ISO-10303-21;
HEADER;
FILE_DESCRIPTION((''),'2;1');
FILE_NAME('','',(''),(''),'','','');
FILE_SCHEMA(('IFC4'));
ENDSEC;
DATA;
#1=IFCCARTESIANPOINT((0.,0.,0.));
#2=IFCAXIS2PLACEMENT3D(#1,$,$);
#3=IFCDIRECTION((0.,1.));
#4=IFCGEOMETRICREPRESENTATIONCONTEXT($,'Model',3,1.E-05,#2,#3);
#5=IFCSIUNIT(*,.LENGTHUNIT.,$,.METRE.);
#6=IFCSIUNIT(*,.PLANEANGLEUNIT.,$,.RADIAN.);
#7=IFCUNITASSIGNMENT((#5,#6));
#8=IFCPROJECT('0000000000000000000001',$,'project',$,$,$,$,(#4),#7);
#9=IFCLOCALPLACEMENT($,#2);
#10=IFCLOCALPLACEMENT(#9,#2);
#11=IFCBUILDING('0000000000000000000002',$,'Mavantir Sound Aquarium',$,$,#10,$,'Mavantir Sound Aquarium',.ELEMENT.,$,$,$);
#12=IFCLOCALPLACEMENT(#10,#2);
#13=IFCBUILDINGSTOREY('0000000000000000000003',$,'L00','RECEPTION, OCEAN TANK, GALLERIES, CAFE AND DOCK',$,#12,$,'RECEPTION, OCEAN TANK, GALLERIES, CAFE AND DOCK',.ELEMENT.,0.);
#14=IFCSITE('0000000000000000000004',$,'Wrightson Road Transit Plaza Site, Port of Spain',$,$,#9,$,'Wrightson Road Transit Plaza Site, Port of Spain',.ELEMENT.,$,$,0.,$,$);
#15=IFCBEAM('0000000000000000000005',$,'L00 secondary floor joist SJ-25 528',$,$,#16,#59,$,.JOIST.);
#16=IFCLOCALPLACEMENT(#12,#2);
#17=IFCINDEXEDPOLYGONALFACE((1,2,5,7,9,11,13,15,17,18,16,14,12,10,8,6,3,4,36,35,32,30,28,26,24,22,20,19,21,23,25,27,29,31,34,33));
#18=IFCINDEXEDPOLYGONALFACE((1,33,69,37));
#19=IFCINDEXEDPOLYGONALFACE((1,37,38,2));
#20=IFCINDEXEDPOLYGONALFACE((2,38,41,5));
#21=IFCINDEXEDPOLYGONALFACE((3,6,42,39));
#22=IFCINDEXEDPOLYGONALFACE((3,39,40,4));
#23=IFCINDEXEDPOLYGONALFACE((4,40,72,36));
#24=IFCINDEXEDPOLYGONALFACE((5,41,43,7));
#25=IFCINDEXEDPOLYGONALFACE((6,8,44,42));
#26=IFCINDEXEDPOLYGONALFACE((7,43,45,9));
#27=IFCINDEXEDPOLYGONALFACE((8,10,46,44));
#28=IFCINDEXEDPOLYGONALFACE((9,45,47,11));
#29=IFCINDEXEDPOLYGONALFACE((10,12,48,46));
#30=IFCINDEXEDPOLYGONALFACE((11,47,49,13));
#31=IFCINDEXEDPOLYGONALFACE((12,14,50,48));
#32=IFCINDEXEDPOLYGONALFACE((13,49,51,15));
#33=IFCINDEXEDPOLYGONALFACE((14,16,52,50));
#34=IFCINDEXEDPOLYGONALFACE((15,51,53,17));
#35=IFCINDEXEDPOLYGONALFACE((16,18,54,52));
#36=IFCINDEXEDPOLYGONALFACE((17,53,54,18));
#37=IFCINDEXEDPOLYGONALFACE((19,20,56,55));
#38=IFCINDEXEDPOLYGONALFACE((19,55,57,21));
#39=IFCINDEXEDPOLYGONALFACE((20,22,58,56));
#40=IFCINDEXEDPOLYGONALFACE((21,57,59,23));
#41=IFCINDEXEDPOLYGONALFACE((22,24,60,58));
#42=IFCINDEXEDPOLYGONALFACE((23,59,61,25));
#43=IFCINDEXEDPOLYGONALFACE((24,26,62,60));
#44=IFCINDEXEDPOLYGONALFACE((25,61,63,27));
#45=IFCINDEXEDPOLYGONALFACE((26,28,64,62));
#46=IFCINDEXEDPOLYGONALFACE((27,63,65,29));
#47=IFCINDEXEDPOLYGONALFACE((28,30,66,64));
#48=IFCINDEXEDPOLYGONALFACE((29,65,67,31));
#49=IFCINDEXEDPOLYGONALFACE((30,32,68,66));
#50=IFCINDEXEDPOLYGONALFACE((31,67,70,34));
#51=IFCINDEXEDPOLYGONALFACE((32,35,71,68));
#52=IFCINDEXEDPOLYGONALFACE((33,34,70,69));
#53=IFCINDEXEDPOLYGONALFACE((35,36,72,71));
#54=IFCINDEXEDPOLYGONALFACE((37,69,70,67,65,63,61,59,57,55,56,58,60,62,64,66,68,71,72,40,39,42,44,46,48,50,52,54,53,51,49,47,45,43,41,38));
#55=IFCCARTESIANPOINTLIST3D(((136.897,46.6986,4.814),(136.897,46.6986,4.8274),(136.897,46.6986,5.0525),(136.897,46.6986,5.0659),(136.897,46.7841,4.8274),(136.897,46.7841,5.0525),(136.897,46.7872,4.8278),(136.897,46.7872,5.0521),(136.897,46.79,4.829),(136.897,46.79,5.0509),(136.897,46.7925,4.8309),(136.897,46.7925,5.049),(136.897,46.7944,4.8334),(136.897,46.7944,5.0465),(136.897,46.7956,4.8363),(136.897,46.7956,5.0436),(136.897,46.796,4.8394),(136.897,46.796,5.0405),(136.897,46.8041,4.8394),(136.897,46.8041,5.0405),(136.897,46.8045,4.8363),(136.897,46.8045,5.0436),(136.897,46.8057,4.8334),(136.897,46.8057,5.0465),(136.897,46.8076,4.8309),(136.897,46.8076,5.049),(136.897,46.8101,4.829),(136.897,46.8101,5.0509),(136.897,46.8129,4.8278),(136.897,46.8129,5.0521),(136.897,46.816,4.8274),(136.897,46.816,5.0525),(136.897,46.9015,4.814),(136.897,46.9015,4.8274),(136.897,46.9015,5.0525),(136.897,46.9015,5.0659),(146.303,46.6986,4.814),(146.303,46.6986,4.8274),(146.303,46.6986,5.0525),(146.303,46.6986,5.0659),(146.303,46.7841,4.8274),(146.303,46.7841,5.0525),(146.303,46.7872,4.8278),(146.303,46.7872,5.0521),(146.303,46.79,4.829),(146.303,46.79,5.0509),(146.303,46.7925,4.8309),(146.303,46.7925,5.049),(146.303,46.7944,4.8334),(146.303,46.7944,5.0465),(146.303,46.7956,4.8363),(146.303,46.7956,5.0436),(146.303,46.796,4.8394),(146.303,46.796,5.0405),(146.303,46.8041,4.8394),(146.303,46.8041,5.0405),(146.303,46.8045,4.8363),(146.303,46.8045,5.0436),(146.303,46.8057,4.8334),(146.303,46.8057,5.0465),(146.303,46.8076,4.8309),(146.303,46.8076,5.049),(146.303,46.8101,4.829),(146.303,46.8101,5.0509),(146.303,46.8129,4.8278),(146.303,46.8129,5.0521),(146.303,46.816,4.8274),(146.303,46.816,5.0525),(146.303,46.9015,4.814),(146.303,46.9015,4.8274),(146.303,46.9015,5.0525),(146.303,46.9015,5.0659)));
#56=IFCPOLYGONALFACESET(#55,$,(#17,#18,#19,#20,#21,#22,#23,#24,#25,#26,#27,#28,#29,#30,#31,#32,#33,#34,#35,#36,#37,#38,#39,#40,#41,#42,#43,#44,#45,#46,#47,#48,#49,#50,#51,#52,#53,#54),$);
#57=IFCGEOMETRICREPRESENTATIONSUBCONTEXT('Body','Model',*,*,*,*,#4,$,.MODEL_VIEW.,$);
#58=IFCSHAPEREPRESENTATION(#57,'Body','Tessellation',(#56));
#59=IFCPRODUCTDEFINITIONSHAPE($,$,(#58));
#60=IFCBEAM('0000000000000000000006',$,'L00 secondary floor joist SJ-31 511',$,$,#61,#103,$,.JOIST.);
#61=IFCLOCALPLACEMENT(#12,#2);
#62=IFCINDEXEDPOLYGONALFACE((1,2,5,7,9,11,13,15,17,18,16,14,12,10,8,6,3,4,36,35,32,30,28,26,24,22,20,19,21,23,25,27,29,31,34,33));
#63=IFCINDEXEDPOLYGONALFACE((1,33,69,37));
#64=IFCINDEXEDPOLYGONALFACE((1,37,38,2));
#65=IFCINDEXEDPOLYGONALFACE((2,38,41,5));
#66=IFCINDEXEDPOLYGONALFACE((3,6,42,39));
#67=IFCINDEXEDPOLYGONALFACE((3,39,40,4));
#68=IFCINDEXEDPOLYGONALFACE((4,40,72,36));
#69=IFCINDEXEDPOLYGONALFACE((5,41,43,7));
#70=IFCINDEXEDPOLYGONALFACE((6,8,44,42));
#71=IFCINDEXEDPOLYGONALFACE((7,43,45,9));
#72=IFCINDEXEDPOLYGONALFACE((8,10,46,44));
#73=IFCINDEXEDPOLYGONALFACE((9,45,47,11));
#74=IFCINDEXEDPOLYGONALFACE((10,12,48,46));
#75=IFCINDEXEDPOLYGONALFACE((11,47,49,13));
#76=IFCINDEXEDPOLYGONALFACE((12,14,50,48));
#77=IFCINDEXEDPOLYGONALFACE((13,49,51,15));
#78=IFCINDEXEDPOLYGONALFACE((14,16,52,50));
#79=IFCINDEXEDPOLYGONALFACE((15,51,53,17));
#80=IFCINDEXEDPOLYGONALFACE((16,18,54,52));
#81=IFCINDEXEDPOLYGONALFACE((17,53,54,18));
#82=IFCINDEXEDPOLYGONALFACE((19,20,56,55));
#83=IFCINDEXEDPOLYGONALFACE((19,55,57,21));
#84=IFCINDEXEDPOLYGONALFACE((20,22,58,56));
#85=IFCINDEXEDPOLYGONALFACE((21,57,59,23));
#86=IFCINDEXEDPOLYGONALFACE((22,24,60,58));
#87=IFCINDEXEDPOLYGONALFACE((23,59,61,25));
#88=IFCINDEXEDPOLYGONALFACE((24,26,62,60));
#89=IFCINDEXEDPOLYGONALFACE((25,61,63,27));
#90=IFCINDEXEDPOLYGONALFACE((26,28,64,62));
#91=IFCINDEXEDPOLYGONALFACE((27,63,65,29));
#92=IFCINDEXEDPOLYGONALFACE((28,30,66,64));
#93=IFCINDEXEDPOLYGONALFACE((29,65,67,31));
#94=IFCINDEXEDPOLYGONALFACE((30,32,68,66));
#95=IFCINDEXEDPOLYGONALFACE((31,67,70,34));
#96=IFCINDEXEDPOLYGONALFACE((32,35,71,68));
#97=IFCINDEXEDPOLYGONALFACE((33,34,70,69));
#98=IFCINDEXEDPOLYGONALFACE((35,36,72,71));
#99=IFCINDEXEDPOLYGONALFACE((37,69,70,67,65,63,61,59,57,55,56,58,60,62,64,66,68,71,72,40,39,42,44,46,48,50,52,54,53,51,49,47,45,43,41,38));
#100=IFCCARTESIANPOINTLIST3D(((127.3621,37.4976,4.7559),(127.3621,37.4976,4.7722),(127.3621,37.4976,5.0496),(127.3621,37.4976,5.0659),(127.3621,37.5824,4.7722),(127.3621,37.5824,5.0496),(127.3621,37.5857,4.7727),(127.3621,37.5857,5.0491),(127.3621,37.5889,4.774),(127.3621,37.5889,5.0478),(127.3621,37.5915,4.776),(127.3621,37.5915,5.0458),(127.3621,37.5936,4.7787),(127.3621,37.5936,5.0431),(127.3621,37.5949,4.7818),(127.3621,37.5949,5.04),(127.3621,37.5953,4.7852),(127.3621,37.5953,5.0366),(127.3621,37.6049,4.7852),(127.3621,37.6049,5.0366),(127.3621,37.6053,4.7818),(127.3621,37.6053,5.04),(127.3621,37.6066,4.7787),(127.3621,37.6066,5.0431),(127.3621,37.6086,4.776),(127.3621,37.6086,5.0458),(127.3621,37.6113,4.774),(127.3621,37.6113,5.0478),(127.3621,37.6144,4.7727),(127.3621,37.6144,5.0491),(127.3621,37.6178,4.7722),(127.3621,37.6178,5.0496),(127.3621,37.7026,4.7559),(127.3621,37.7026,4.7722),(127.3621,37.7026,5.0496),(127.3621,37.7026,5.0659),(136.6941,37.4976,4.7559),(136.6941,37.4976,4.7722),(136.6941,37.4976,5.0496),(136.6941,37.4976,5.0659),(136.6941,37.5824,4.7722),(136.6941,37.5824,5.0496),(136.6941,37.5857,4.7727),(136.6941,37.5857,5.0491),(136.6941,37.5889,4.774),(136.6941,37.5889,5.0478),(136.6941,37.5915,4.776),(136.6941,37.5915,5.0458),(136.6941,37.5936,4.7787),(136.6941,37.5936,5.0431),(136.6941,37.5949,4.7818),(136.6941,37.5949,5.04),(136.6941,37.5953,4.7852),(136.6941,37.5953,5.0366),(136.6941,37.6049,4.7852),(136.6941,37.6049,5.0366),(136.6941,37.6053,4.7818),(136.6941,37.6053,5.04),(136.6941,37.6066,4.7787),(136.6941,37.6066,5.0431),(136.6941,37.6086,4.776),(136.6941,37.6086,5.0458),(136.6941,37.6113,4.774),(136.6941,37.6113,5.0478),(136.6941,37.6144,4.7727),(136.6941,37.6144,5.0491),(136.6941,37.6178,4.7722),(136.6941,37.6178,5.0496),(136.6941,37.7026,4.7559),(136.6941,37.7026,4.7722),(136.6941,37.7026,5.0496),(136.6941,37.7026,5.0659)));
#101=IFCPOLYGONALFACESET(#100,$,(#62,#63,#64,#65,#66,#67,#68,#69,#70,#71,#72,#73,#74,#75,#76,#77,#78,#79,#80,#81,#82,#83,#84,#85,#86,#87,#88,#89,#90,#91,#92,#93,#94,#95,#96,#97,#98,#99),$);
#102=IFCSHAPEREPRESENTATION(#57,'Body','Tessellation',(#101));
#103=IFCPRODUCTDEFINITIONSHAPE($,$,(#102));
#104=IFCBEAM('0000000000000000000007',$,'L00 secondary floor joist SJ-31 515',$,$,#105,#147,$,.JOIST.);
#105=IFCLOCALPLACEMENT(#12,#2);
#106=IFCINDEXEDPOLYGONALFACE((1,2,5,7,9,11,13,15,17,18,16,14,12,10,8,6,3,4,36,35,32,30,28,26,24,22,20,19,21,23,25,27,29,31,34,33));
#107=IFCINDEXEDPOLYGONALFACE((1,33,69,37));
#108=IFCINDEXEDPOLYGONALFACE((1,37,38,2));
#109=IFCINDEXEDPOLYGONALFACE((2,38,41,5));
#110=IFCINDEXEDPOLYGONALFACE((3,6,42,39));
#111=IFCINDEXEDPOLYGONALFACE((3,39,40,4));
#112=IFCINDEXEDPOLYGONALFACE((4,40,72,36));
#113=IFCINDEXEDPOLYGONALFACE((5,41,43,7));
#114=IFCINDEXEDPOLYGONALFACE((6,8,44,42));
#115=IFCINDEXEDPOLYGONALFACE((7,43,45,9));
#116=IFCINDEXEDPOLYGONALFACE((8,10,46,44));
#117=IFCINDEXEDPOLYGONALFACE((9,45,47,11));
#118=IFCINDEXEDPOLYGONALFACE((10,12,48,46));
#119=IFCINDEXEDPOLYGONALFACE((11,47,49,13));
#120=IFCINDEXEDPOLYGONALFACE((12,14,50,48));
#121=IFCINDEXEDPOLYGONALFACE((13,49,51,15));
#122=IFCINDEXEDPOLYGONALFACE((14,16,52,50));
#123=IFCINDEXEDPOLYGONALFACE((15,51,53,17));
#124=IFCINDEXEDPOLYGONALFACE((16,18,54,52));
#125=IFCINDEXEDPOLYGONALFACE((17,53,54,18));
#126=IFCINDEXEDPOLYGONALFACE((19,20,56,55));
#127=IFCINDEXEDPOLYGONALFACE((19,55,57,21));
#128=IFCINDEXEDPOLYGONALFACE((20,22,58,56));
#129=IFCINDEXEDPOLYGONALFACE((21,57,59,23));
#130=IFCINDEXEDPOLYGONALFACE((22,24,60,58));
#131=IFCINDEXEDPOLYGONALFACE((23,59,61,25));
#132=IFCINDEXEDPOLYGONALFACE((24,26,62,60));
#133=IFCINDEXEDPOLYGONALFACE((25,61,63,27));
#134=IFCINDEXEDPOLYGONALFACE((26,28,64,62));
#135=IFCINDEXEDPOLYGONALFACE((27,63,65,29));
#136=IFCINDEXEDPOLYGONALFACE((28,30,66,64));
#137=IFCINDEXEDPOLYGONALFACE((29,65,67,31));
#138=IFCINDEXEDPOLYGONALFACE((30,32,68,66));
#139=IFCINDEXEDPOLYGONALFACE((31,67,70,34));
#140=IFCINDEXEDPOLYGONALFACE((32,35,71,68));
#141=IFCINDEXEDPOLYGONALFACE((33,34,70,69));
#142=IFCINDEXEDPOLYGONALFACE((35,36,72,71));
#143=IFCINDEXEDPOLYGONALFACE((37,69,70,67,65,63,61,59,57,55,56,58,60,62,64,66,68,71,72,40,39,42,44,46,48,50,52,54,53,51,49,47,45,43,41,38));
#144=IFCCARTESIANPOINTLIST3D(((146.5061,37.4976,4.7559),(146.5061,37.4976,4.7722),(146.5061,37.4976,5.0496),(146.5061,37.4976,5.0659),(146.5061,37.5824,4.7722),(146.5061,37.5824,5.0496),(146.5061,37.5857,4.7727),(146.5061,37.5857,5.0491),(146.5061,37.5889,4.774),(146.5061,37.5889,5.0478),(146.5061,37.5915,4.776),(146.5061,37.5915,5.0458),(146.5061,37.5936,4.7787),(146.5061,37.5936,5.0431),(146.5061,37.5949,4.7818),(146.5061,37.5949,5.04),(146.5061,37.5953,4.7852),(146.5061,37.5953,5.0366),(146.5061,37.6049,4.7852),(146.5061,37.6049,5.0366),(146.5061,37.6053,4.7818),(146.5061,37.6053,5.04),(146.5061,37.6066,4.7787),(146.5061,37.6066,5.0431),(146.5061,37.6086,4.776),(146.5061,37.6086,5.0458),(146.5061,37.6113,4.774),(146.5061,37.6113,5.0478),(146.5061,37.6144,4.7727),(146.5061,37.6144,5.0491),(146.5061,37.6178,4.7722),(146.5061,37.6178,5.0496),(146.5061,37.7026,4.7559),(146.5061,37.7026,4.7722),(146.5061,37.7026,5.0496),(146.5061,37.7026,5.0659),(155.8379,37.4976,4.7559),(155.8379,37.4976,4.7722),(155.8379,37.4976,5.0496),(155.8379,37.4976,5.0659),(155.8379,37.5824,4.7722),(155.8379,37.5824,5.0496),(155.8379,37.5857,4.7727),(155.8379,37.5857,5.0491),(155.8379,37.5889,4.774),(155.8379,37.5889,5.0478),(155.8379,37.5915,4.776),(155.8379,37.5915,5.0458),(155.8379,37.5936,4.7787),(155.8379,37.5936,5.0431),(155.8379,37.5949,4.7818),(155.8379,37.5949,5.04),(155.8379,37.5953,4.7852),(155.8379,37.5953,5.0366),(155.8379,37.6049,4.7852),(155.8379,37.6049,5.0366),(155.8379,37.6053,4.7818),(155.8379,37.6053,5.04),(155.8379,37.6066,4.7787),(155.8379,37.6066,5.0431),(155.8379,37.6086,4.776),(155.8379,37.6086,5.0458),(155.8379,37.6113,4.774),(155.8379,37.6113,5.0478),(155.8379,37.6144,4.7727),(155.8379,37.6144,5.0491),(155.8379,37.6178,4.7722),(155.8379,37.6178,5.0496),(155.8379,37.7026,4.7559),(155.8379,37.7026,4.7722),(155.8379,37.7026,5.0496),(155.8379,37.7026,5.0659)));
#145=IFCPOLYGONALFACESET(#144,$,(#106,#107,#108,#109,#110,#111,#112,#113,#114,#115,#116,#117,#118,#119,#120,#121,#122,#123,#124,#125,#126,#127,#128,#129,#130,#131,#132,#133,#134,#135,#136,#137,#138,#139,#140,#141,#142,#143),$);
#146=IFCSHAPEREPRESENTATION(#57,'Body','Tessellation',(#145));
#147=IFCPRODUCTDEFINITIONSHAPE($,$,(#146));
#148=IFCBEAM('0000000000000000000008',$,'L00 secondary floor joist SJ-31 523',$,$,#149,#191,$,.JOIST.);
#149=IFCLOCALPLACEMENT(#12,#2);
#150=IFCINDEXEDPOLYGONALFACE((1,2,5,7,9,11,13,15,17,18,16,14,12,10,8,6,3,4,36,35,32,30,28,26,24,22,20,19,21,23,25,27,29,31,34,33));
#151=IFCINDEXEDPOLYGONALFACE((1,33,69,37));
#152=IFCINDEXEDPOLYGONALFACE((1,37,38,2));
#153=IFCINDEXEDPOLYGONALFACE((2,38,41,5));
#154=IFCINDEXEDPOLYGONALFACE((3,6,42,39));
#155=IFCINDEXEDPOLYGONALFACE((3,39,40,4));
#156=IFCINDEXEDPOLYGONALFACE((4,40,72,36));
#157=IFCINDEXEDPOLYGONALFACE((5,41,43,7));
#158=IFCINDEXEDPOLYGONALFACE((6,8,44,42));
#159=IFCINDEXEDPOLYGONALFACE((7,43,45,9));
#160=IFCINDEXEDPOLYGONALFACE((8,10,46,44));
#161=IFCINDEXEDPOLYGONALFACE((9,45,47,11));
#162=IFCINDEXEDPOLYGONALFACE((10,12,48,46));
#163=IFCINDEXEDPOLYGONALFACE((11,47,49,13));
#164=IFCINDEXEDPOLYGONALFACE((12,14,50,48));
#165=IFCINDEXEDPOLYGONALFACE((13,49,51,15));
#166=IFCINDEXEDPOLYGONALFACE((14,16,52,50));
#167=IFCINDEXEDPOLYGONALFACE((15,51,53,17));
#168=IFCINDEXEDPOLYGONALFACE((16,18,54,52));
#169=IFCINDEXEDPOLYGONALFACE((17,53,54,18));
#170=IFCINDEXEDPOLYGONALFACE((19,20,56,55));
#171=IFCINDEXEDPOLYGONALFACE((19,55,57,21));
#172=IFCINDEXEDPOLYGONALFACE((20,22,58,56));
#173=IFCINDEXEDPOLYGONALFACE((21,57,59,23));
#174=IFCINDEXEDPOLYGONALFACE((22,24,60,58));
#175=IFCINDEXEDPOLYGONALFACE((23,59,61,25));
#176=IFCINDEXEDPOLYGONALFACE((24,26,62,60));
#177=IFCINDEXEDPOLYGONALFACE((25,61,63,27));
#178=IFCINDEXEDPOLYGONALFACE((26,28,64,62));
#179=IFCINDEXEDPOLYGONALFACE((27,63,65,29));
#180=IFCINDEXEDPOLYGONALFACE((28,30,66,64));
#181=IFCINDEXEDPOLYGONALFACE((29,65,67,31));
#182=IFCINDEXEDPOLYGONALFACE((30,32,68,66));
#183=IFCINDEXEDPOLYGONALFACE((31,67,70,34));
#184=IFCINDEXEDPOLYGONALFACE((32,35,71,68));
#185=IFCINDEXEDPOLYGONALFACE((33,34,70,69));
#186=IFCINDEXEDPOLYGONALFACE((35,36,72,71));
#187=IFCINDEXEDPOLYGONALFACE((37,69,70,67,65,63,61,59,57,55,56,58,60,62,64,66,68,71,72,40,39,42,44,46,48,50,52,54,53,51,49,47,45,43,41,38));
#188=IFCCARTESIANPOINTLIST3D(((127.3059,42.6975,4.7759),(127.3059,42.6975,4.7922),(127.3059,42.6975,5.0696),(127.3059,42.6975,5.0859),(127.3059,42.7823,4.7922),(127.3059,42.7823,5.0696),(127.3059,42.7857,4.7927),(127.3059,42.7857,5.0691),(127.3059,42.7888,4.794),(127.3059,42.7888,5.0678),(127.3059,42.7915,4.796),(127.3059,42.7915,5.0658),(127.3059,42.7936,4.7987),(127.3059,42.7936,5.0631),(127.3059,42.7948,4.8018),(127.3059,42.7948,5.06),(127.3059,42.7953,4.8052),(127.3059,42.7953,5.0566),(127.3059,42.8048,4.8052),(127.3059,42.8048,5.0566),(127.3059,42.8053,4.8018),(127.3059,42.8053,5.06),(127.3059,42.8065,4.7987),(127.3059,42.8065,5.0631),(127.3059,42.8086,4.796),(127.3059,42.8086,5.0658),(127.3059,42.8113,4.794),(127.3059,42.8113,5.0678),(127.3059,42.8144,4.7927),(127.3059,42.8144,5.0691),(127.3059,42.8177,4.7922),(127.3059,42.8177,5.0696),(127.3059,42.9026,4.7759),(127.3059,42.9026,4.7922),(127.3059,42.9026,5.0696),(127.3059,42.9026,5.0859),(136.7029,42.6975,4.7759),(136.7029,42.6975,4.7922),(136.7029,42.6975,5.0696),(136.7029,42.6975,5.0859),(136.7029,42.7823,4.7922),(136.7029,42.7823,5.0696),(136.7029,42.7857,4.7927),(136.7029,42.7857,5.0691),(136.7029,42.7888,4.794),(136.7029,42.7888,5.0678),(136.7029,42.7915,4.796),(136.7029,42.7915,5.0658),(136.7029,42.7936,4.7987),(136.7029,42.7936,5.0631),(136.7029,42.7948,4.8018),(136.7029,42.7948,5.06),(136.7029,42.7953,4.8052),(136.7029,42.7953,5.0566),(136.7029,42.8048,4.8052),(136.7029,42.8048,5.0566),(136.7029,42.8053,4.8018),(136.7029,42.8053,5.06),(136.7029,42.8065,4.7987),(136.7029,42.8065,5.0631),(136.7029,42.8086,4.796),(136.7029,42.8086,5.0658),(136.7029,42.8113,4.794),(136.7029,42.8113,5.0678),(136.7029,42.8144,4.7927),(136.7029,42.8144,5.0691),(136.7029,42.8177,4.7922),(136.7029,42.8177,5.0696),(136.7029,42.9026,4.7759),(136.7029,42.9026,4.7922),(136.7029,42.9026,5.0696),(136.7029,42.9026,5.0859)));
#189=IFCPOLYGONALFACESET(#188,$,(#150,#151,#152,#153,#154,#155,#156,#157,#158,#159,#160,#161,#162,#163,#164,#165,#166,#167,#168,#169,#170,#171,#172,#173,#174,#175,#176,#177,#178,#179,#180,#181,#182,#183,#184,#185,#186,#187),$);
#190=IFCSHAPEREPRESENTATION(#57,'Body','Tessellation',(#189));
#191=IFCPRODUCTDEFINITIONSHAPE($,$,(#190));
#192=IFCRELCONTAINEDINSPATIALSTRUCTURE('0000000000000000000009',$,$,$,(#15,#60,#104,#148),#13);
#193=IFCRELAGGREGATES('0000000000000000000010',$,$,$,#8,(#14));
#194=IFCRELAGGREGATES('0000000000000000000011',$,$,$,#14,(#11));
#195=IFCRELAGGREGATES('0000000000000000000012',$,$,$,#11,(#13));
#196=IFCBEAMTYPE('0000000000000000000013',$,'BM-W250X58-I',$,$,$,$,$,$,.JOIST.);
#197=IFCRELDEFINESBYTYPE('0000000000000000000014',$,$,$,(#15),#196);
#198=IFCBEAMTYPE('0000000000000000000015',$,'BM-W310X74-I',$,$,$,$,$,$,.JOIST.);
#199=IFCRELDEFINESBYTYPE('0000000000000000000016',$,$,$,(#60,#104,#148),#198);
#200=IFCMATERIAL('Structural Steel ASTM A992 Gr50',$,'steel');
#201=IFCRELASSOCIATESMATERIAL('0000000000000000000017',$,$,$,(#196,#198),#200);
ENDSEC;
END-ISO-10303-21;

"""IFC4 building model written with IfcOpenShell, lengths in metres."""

from ifc_helpers import new_model, si_unit, direction, frame, origin, origin_2d, place, context, subcontext, project, spatial, i_section, extrude, material, material_profile, profile_set, type_object, element, save


model = new_model("IFC4")

# Units and contexts
model_context = context("Model", 3, precision=1e-05, world=origin(), true_north=direction((0.0, 1.0)))
body_context = subcontext(model_context, "Body", "Model", "MODEL_VIEW")
ifc_project = project(units=[si_unit("LENGTHUNIT", "METRE"), si_unit("PLANEANGLEUNIT", "RADIAN")], contexts=[model_context])

# Site, building, storey
site_placement = place(None, origin())
site = spatial("IfcSite", under=ifc_project, at=site_placement, Name="Wrightson Road Transit Plaza Site, Port of Spain", LongName="Wrightson Road Transit Plaza Site, Port of Spain", CompositionType="ELEMENT", RefElevation=0.0)
building_placement = place(site_placement, origin())
building = spatial("IfcBuilding", under=site, at=building_placement, Name="Mavantir Sound Aquarium", LongName="Mavantir Sound Aquarium", CompositionType="ELEMENT")
storey_placement = place(building_placement, origin())
storey = spatial("IfcBuildingStorey", under=building, at=storey_placement, Name="L00", Description="RECEPTION, OCEAN TANK, GALLERIES, CAFE AND DOCK", LongName="RECEPTION, OCEAN TANK, GALLERIES, CAFE AND DOCK", CompositionType="ELEMENT", Elevation=0.0)

# Beams
ifc_material_1 = material(Name="Structural Steel ASTM A992 Gr50", Category="steel")
ifc_material_profile_1 = material_profile(ifc_material_1, i_section(OverallWidth=0.2029, OverallDepth=0.252, WebThickness=0.0081, FlangeThickness=0.0134, FilletRadius=0.012, at=origin_2d()), Name="W250X58")
ifc_profile_set_1 = profile_set([ifc_material_profile_1], Name="Structural Steel ASTM A992 Gr50")
beam_type_1 = type_object("IfcBeamType", Name="BM-W250X58-I", PredefinedType="JOIST", material=ifc_profile_set_1)
beam_1_placement = place(storey_placement, frame((136.897, 46.8, 4.9399), z_axis=(1.0, 0.0, 0.0), x_axis=(0.0, 1.0, 0.0)))
element("IfcBeam", 1, at=beam_1_placement, inside=storey, type_object=beam_type_1, Name="L00 secondary floor joist SJ-25 528", PredefinedType="JOIST", context=body_context, shape_type="SweptSolid", body=[
    extrude(i_section(OverallWidth=0.2029, OverallDepth=0.252, WebThickness=0.0081, FlangeThickness=0.0134, FilletRadius=0.012, at=origin_2d()), origin(), (0.0, 0.0, 1.0), 9.406),
])
ifc_material_profile_2 = material_profile(ifc_material_1, i_section(OverallWidth=0.2051, OverallDepth=0.3101, WebThickness=0.0095, FlangeThickness=0.0164, FilletRadius=0.0129, at=origin_2d()), Name="W310X74")
ifc_profile_set_2 = profile_set([ifc_material_profile_2], Name="Structural Steel ASTM A992 Gr50")
beam_type_2 = type_object("IfcBeamType", Name="BM-W310X74-I", PredefinedType="JOIST", material=ifc_profile_set_2)
beam_2_placement = place(storey_placement, frame((127.3621, 37.6001, 4.9109), z_axis=(1.0, 0.0, 0.0), x_axis=(0.0, 1.0, 0.0)))
element("IfcBeam", 2, at=beam_2_placement, inside=storey, type_object=beam_type_2, Name="L00 secondary floor joist SJ-31 511", PredefinedType="JOIST", context=body_context, shape_type="SweptSolid", body=[
    extrude(i_section(OverallWidth=0.2051, OverallDepth=0.3101, WebThickness=0.0095, FlangeThickness=0.0164, FilletRadius=0.0129, at=origin_2d()), origin(), (0.0, 0.0, 1.0), 9.332),
])
beam_3_placement = place(storey_placement, frame((146.5061, 37.6001, 4.9109), z_axis=(1.0, 0.0, 0.0), x_axis=(0.0, 1.0, 0.0)))
element("IfcBeam", 3, at=beam_3_placement, inside=storey, type_object=beam_type_2, Name="L00 secondary floor joist SJ-31 515", PredefinedType="JOIST", context=body_context, shape_type="SweptSolid", body=[
    extrude(i_section(OverallWidth=0.2051, OverallDepth=0.3101, WebThickness=0.0095, FlangeThickness=0.0164, FilletRadius=0.0129, at=origin_2d()), origin(), (0.0, 0.0, 1.0), 9.3318),
])
beam_4_placement = place(storey_placement, frame((127.3059, 42.8, 4.9309), z_axis=(1.0, 0.0, 0.0), x_axis=(0.0, 1.0, 0.0)))
element("IfcBeam", 4, at=beam_4_placement, inside=storey, type_object=beam_type_2, Name="L00 secondary floor joist SJ-31 523", PredefinedType="JOIST", context=body_context, shape_type="SweptSolid", body=[
    extrude(i_section(OverallWidth=0.2051, OverallDepth=0.3101, WebThickness=0.0095, FlangeThickness=0.0164, FilletRadius=0.0129, at=origin_2d()), origin(), (0.0, 0.0, 1.0), 9.397),
])

save(model, "model.ifc")
